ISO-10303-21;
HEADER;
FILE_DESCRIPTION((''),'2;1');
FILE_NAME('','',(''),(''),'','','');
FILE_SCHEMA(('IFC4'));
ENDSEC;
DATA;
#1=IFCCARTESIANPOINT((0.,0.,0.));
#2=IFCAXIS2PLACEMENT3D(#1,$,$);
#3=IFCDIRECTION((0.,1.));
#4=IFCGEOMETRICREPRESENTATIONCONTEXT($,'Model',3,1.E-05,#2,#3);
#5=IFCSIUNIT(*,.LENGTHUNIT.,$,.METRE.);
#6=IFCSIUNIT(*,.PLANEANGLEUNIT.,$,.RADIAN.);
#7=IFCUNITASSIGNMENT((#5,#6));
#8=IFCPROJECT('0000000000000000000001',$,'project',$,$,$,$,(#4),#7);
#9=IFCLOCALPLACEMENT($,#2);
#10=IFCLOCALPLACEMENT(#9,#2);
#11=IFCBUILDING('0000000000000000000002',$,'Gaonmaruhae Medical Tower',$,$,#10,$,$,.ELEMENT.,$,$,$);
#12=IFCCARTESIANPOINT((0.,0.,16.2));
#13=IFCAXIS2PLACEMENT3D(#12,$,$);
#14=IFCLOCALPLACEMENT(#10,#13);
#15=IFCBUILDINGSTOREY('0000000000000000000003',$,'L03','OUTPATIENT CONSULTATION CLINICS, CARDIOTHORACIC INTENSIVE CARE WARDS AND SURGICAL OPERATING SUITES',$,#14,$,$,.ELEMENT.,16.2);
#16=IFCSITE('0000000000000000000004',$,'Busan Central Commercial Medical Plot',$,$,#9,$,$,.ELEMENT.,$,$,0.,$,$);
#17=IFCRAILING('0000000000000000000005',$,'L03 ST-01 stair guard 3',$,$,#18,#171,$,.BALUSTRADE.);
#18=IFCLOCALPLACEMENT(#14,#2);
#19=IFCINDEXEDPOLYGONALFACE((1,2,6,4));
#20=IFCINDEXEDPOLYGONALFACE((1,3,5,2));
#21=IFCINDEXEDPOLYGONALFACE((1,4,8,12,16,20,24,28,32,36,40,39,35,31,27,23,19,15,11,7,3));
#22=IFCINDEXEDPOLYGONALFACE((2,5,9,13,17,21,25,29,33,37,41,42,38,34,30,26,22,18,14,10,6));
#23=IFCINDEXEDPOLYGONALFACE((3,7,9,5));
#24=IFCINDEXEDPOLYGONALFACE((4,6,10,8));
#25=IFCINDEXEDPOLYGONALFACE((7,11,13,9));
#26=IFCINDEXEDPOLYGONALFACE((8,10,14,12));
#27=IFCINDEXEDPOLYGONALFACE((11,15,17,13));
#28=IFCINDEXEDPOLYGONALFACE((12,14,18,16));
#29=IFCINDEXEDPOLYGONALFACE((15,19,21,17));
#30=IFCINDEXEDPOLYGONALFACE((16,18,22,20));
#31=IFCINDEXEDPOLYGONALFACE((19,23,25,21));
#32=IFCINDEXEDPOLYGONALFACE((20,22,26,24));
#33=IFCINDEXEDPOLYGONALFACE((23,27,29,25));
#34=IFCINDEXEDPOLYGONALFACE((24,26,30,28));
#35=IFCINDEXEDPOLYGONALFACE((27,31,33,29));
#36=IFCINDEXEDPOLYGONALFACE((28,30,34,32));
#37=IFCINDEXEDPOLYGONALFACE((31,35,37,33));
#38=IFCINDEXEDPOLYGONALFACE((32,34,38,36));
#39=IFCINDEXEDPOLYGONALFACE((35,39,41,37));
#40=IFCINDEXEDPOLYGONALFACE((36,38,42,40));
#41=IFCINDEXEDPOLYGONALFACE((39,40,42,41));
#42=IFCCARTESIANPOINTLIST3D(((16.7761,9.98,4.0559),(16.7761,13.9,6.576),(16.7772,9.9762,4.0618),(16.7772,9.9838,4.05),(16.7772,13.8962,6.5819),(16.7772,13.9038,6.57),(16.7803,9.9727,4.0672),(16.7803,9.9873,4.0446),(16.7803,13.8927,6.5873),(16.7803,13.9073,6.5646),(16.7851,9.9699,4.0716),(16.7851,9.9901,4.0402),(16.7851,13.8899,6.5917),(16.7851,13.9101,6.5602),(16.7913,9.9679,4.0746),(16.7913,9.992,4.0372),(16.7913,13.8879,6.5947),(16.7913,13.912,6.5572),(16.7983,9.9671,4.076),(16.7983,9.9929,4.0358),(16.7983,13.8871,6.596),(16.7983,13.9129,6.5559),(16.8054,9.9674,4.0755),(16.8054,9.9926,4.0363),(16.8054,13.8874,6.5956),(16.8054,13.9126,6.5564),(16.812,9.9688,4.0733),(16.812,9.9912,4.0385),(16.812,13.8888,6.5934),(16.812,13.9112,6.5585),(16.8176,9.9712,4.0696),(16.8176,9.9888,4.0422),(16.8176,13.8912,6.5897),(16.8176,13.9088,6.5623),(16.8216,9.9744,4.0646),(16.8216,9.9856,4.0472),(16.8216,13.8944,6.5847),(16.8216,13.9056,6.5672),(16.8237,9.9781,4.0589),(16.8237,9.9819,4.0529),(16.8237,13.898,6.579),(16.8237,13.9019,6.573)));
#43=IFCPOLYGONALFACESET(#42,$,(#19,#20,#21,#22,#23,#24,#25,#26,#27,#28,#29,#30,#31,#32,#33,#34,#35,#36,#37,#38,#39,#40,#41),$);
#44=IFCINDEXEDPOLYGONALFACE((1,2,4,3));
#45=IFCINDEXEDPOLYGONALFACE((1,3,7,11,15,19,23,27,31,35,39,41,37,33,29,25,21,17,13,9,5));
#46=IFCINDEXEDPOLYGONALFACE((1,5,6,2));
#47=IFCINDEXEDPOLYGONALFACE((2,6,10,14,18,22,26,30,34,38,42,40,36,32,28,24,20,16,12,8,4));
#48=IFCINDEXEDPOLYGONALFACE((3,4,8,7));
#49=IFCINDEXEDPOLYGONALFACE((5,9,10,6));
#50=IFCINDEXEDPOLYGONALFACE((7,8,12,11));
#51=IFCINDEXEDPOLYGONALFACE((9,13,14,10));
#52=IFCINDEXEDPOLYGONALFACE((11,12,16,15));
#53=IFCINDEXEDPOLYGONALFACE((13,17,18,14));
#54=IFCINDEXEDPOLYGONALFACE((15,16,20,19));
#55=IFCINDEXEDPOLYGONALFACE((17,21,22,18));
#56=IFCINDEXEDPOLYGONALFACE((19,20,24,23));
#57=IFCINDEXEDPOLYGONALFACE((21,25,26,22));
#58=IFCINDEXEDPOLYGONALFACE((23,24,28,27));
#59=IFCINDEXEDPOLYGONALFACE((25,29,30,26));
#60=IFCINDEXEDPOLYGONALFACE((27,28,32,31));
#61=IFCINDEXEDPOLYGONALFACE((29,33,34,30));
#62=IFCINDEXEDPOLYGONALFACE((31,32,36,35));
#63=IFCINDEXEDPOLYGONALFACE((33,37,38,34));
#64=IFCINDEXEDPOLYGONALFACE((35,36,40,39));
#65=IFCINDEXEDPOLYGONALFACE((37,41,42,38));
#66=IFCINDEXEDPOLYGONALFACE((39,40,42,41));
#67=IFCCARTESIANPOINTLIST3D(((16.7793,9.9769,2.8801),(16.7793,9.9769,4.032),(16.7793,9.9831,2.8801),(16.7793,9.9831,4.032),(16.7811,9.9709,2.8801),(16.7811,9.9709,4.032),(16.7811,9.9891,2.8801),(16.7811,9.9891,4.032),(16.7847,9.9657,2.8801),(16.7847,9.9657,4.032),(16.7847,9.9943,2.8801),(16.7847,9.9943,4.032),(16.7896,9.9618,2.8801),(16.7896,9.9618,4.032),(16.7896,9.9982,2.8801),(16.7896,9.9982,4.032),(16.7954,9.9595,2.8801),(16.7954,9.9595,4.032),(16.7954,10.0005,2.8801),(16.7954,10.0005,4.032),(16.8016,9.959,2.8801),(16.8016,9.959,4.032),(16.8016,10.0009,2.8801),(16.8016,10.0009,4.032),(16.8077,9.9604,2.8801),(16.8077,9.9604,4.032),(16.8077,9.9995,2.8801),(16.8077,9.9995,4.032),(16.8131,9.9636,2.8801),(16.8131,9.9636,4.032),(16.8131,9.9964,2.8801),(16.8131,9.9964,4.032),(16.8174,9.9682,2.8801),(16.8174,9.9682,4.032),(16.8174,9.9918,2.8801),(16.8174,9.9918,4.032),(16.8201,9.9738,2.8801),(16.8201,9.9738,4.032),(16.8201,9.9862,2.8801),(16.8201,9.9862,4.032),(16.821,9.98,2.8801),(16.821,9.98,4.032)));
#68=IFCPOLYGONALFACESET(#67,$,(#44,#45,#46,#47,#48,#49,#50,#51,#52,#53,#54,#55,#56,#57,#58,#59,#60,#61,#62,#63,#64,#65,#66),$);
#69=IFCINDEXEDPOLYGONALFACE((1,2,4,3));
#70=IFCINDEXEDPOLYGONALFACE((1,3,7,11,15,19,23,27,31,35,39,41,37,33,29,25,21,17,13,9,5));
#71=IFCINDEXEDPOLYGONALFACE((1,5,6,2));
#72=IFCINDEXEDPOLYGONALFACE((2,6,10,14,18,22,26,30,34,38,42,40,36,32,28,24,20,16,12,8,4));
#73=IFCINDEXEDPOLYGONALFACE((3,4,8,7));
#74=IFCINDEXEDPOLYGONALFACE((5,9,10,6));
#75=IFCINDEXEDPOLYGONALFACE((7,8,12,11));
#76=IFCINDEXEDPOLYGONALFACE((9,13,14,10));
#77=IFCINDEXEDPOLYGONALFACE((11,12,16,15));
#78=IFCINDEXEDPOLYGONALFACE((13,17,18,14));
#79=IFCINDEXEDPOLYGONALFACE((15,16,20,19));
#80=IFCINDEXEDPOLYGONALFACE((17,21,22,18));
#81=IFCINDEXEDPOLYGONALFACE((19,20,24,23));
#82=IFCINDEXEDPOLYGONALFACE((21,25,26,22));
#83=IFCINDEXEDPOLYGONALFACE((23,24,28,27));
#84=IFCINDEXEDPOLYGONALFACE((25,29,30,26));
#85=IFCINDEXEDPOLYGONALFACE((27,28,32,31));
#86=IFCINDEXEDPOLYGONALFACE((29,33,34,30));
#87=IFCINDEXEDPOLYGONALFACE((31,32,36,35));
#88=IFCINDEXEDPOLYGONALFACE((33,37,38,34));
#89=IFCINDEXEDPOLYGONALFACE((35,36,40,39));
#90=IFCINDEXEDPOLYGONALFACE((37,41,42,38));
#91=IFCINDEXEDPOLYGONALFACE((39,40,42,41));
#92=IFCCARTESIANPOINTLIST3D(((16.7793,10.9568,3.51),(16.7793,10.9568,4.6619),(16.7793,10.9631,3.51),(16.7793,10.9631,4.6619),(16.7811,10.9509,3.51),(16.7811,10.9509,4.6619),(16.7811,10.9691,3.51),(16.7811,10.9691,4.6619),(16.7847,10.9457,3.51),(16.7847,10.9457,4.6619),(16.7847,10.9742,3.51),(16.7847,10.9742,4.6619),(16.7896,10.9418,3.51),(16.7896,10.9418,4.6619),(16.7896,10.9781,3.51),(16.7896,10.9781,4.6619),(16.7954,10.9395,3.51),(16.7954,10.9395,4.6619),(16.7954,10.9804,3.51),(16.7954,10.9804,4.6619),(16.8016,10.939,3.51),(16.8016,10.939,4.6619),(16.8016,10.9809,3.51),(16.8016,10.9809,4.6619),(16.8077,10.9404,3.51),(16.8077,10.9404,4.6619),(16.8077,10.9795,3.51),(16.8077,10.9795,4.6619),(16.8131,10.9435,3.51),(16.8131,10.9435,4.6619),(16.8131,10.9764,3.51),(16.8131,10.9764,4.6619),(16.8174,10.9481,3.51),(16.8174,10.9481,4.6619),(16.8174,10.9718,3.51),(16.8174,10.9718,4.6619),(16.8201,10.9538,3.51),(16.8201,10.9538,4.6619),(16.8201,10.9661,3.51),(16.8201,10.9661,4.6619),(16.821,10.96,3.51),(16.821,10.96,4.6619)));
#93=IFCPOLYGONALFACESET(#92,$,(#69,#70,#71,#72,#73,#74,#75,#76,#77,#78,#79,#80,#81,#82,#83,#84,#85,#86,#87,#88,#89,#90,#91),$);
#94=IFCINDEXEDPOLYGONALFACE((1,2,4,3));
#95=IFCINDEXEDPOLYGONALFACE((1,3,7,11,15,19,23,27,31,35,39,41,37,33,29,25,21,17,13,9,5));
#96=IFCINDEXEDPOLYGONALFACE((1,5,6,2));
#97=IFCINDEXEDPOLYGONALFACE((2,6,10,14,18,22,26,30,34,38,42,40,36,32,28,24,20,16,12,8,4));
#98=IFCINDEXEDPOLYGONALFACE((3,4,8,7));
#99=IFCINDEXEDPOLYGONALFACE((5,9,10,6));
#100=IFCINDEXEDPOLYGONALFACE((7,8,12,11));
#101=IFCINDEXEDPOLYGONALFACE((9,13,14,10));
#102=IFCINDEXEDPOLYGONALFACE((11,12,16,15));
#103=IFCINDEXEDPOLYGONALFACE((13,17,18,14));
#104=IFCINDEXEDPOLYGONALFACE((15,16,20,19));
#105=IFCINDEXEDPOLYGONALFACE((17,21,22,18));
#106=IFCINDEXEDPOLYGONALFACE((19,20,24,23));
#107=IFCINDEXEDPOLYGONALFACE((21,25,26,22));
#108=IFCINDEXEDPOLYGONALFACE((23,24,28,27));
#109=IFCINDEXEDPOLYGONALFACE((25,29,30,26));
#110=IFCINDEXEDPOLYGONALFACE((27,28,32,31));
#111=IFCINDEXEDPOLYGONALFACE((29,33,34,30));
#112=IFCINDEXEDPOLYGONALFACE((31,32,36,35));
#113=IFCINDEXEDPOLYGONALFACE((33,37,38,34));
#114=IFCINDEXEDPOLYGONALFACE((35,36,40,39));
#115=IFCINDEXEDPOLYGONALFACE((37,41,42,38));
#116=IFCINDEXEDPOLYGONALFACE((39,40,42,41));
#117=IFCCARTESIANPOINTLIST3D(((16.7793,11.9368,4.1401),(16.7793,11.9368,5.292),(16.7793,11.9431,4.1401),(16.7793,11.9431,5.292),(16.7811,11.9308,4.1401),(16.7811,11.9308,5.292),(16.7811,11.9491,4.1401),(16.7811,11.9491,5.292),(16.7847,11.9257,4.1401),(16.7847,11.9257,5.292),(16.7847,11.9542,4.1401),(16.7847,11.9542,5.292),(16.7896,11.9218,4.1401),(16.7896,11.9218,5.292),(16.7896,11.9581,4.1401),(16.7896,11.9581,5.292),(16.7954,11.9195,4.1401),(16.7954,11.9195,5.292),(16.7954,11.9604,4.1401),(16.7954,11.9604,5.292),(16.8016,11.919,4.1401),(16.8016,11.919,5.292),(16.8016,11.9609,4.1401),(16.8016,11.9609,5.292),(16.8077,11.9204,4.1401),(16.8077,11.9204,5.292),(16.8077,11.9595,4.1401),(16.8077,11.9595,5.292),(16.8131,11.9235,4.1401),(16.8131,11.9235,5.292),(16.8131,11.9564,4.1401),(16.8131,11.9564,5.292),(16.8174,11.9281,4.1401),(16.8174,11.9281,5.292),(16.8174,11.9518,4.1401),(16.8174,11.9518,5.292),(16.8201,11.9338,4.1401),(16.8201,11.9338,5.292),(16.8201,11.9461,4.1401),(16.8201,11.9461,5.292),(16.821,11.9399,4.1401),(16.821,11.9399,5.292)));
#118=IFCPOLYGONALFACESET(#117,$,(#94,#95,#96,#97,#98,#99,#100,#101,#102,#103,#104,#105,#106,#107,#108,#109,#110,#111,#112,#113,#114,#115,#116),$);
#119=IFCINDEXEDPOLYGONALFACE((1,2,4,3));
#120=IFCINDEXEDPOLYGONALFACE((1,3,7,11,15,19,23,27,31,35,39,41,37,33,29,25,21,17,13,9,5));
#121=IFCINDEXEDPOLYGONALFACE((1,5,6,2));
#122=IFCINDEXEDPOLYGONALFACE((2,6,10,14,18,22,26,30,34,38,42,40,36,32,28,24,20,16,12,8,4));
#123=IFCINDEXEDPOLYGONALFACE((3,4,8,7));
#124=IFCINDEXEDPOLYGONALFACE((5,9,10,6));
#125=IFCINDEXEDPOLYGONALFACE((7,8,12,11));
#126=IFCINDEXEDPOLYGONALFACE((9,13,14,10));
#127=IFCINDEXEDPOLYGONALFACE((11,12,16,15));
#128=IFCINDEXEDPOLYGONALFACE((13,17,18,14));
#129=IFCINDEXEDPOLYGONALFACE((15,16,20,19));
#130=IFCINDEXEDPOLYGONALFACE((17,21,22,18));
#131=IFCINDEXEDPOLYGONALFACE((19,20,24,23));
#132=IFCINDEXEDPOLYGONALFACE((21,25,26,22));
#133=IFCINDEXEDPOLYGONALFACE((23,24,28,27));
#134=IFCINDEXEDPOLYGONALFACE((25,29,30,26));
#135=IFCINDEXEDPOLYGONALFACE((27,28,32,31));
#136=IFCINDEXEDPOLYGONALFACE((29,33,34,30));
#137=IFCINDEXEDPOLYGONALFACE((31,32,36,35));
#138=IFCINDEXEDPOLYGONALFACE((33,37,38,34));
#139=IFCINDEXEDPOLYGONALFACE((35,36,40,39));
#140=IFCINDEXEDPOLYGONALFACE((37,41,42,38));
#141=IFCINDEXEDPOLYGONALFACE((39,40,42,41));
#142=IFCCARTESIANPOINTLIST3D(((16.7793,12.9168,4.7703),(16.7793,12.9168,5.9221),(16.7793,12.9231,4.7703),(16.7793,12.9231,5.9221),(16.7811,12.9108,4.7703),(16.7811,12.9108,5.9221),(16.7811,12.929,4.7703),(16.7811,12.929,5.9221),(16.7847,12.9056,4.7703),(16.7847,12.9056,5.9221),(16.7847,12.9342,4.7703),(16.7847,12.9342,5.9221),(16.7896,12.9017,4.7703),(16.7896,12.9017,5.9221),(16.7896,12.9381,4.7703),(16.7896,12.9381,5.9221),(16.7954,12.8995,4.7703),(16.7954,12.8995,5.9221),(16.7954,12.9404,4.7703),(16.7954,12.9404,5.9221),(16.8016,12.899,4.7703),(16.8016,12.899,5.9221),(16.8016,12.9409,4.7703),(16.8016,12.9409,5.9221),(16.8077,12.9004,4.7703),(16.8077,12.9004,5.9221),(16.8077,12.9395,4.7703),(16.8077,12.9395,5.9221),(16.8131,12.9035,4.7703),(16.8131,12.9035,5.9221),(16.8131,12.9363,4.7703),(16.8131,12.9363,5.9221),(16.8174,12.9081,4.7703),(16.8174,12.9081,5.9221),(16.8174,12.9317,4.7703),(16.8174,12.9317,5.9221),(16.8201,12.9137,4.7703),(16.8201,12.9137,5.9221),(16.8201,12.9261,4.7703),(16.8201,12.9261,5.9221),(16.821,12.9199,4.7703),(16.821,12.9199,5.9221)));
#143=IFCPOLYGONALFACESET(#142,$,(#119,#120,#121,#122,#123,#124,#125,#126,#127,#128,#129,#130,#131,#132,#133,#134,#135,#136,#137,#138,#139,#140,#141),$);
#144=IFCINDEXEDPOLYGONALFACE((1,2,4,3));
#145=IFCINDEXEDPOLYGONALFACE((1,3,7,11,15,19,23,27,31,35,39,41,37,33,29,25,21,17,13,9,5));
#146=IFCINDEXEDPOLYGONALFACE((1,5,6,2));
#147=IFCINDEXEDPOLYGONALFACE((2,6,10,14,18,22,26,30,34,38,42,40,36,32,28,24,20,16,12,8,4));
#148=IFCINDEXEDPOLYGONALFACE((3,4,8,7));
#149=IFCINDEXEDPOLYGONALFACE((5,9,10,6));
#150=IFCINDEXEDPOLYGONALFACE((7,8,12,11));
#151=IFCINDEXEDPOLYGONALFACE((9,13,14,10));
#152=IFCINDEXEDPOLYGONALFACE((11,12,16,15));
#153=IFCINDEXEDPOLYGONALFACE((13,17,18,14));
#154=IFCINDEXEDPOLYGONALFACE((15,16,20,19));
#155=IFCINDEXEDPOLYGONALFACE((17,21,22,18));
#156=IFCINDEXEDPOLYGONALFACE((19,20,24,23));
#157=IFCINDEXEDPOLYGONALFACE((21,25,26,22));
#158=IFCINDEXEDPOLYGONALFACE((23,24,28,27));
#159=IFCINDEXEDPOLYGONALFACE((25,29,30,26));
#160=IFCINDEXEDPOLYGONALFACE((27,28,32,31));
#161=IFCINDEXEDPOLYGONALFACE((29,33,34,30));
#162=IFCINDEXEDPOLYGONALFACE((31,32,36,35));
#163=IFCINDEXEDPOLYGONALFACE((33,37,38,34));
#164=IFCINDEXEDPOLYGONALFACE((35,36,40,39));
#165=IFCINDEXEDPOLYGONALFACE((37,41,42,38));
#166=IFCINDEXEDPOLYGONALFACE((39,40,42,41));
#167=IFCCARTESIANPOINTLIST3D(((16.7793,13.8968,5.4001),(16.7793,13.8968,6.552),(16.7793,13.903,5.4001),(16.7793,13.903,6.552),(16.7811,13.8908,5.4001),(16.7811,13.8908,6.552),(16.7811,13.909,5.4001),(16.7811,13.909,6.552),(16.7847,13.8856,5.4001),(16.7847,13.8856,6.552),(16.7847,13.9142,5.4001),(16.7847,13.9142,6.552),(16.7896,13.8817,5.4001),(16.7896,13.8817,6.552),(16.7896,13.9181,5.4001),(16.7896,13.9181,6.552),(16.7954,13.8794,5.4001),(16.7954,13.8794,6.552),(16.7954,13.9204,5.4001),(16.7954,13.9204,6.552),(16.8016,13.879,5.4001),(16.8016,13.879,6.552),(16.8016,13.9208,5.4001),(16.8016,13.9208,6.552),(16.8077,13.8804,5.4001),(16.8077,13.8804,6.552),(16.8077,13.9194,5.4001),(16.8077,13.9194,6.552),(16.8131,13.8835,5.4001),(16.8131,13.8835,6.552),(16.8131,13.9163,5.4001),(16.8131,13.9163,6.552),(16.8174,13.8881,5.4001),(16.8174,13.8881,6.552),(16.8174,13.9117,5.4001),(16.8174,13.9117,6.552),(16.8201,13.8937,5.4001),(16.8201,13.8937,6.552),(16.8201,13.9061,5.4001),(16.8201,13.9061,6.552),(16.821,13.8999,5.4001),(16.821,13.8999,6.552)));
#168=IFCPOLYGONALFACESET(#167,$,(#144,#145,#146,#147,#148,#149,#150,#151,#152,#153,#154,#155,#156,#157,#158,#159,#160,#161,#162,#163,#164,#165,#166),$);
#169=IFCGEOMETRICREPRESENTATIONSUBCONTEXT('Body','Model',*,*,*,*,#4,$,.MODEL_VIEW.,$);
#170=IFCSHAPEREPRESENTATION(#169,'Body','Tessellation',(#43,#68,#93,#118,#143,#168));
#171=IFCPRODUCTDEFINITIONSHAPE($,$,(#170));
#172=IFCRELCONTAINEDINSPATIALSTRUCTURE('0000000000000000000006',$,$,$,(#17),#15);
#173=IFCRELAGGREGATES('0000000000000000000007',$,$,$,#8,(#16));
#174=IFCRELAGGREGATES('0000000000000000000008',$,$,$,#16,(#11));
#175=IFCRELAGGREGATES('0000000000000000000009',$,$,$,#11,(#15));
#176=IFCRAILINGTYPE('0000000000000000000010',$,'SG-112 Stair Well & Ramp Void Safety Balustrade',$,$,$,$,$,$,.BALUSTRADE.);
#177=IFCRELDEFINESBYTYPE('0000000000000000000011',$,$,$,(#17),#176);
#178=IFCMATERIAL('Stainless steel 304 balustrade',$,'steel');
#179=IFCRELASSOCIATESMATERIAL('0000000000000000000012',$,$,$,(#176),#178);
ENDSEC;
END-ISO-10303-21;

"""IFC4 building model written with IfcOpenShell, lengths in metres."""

from ifc_helpers import new_model, si_unit, direction, frame, origin, origin_2d, place, context, subcontext, project, spatial, circle, extrude, material, type_object, element, save


model = new_model("IFC4")

# Units and contexts
model_context = context("Model", 3, precision=1e-05, world=origin(), true_north=direction((0.0, 1.0)))
body_context = subcontext(model_context, "Body", "Model", "MODEL_VIEW")
ifc_project = project(units=[si_unit("LENGTHUNIT", "METRE"), si_unit("PLANEANGLEUNIT", "RADIAN")], contexts=[model_context])

# Site, building, storey
site_placement = place(None, origin())
site = spatial("IfcSite", under=ifc_project, at=site_placement, Name="Busan Central Commercial Medical Plot", CompositionType="ELEMENT", RefElevation=0.0)
building_placement = place(site_placement, origin())
building = spatial("IfcBuilding", under=site, at=building_placement, Name="Gaonmaruhae Medical Tower", CompositionType="ELEMENT")
storey_placement = place(building_placement, frame((0.0, 0.0, 16.2)))
storey = spatial("IfcBuildingStorey", under=building, at=storey_placement, Name="L03", Description="OUTPATIENT CONSULTATION CLINICS, CARDIOTHORACIC INTENSIVE CARE WARDS AND SURGICAL OPERATING SUITES", CompositionType="ELEMENT", Elevation=16.2)

# Railing
ifc_material_1 = material(Name="Stainless steel 304 balustrade", Category="steel")
railing_type_1 = type_object("IfcRailingType", Name="SG-112 Stair Well & Ramp Void Safety Balustrade", PredefinedType="BALUSTRADE", material=ifc_material_1)
railing_1_placement = place(storey_placement, frame((16.8, 9.98, 2.8801)))
element("IfcRailing", 1, at=railing_1_placement, inside=storey, type_object=railing_type_1, Name="L03 ST-01 stair guard 3", PredefinedType="BALUSTRADE", context=body_context, shape_type="SweptSolid", body=[
    extrude(circle(Radius=0.0239, at=origin_2d()), frame((0.0, 0.0, 1.1758), z_axis=(0.0, 0.841172, 0.540768), x_axis=(-1.0, 0.0, 0.0)), (0.0, 0.0, 1.0), 4.6602),
    extrude(circle(Radius=0.021, at=origin_2d()), origin(), (0.0, 0.0, 1.0), 1.1519),
    extrude(circle(Radius=0.021, at=origin_2d()), frame((0.0, 0.98, 0.6299)), (0.0, 0.0, 1.0), 1.1519),
    extrude(circle(Radius=0.021, at=origin_2d()), frame((0.0, 1.96, 1.26)), (0.0, 0.0, 1.0), 1.1519),
    extrude(circle(Radius=0.021, at=origin_2d()), frame((0.0, 2.9399, 1.8901)), (0.0, 0.0, 1.0), 1.1519),
    extrude(circle(Radius=0.021, at=origin_2d()), frame((0.0, 3.9199, 2.52)), (0.0, 0.0, 1.0), 1.1519),
])

save(model, "model.ifc")
